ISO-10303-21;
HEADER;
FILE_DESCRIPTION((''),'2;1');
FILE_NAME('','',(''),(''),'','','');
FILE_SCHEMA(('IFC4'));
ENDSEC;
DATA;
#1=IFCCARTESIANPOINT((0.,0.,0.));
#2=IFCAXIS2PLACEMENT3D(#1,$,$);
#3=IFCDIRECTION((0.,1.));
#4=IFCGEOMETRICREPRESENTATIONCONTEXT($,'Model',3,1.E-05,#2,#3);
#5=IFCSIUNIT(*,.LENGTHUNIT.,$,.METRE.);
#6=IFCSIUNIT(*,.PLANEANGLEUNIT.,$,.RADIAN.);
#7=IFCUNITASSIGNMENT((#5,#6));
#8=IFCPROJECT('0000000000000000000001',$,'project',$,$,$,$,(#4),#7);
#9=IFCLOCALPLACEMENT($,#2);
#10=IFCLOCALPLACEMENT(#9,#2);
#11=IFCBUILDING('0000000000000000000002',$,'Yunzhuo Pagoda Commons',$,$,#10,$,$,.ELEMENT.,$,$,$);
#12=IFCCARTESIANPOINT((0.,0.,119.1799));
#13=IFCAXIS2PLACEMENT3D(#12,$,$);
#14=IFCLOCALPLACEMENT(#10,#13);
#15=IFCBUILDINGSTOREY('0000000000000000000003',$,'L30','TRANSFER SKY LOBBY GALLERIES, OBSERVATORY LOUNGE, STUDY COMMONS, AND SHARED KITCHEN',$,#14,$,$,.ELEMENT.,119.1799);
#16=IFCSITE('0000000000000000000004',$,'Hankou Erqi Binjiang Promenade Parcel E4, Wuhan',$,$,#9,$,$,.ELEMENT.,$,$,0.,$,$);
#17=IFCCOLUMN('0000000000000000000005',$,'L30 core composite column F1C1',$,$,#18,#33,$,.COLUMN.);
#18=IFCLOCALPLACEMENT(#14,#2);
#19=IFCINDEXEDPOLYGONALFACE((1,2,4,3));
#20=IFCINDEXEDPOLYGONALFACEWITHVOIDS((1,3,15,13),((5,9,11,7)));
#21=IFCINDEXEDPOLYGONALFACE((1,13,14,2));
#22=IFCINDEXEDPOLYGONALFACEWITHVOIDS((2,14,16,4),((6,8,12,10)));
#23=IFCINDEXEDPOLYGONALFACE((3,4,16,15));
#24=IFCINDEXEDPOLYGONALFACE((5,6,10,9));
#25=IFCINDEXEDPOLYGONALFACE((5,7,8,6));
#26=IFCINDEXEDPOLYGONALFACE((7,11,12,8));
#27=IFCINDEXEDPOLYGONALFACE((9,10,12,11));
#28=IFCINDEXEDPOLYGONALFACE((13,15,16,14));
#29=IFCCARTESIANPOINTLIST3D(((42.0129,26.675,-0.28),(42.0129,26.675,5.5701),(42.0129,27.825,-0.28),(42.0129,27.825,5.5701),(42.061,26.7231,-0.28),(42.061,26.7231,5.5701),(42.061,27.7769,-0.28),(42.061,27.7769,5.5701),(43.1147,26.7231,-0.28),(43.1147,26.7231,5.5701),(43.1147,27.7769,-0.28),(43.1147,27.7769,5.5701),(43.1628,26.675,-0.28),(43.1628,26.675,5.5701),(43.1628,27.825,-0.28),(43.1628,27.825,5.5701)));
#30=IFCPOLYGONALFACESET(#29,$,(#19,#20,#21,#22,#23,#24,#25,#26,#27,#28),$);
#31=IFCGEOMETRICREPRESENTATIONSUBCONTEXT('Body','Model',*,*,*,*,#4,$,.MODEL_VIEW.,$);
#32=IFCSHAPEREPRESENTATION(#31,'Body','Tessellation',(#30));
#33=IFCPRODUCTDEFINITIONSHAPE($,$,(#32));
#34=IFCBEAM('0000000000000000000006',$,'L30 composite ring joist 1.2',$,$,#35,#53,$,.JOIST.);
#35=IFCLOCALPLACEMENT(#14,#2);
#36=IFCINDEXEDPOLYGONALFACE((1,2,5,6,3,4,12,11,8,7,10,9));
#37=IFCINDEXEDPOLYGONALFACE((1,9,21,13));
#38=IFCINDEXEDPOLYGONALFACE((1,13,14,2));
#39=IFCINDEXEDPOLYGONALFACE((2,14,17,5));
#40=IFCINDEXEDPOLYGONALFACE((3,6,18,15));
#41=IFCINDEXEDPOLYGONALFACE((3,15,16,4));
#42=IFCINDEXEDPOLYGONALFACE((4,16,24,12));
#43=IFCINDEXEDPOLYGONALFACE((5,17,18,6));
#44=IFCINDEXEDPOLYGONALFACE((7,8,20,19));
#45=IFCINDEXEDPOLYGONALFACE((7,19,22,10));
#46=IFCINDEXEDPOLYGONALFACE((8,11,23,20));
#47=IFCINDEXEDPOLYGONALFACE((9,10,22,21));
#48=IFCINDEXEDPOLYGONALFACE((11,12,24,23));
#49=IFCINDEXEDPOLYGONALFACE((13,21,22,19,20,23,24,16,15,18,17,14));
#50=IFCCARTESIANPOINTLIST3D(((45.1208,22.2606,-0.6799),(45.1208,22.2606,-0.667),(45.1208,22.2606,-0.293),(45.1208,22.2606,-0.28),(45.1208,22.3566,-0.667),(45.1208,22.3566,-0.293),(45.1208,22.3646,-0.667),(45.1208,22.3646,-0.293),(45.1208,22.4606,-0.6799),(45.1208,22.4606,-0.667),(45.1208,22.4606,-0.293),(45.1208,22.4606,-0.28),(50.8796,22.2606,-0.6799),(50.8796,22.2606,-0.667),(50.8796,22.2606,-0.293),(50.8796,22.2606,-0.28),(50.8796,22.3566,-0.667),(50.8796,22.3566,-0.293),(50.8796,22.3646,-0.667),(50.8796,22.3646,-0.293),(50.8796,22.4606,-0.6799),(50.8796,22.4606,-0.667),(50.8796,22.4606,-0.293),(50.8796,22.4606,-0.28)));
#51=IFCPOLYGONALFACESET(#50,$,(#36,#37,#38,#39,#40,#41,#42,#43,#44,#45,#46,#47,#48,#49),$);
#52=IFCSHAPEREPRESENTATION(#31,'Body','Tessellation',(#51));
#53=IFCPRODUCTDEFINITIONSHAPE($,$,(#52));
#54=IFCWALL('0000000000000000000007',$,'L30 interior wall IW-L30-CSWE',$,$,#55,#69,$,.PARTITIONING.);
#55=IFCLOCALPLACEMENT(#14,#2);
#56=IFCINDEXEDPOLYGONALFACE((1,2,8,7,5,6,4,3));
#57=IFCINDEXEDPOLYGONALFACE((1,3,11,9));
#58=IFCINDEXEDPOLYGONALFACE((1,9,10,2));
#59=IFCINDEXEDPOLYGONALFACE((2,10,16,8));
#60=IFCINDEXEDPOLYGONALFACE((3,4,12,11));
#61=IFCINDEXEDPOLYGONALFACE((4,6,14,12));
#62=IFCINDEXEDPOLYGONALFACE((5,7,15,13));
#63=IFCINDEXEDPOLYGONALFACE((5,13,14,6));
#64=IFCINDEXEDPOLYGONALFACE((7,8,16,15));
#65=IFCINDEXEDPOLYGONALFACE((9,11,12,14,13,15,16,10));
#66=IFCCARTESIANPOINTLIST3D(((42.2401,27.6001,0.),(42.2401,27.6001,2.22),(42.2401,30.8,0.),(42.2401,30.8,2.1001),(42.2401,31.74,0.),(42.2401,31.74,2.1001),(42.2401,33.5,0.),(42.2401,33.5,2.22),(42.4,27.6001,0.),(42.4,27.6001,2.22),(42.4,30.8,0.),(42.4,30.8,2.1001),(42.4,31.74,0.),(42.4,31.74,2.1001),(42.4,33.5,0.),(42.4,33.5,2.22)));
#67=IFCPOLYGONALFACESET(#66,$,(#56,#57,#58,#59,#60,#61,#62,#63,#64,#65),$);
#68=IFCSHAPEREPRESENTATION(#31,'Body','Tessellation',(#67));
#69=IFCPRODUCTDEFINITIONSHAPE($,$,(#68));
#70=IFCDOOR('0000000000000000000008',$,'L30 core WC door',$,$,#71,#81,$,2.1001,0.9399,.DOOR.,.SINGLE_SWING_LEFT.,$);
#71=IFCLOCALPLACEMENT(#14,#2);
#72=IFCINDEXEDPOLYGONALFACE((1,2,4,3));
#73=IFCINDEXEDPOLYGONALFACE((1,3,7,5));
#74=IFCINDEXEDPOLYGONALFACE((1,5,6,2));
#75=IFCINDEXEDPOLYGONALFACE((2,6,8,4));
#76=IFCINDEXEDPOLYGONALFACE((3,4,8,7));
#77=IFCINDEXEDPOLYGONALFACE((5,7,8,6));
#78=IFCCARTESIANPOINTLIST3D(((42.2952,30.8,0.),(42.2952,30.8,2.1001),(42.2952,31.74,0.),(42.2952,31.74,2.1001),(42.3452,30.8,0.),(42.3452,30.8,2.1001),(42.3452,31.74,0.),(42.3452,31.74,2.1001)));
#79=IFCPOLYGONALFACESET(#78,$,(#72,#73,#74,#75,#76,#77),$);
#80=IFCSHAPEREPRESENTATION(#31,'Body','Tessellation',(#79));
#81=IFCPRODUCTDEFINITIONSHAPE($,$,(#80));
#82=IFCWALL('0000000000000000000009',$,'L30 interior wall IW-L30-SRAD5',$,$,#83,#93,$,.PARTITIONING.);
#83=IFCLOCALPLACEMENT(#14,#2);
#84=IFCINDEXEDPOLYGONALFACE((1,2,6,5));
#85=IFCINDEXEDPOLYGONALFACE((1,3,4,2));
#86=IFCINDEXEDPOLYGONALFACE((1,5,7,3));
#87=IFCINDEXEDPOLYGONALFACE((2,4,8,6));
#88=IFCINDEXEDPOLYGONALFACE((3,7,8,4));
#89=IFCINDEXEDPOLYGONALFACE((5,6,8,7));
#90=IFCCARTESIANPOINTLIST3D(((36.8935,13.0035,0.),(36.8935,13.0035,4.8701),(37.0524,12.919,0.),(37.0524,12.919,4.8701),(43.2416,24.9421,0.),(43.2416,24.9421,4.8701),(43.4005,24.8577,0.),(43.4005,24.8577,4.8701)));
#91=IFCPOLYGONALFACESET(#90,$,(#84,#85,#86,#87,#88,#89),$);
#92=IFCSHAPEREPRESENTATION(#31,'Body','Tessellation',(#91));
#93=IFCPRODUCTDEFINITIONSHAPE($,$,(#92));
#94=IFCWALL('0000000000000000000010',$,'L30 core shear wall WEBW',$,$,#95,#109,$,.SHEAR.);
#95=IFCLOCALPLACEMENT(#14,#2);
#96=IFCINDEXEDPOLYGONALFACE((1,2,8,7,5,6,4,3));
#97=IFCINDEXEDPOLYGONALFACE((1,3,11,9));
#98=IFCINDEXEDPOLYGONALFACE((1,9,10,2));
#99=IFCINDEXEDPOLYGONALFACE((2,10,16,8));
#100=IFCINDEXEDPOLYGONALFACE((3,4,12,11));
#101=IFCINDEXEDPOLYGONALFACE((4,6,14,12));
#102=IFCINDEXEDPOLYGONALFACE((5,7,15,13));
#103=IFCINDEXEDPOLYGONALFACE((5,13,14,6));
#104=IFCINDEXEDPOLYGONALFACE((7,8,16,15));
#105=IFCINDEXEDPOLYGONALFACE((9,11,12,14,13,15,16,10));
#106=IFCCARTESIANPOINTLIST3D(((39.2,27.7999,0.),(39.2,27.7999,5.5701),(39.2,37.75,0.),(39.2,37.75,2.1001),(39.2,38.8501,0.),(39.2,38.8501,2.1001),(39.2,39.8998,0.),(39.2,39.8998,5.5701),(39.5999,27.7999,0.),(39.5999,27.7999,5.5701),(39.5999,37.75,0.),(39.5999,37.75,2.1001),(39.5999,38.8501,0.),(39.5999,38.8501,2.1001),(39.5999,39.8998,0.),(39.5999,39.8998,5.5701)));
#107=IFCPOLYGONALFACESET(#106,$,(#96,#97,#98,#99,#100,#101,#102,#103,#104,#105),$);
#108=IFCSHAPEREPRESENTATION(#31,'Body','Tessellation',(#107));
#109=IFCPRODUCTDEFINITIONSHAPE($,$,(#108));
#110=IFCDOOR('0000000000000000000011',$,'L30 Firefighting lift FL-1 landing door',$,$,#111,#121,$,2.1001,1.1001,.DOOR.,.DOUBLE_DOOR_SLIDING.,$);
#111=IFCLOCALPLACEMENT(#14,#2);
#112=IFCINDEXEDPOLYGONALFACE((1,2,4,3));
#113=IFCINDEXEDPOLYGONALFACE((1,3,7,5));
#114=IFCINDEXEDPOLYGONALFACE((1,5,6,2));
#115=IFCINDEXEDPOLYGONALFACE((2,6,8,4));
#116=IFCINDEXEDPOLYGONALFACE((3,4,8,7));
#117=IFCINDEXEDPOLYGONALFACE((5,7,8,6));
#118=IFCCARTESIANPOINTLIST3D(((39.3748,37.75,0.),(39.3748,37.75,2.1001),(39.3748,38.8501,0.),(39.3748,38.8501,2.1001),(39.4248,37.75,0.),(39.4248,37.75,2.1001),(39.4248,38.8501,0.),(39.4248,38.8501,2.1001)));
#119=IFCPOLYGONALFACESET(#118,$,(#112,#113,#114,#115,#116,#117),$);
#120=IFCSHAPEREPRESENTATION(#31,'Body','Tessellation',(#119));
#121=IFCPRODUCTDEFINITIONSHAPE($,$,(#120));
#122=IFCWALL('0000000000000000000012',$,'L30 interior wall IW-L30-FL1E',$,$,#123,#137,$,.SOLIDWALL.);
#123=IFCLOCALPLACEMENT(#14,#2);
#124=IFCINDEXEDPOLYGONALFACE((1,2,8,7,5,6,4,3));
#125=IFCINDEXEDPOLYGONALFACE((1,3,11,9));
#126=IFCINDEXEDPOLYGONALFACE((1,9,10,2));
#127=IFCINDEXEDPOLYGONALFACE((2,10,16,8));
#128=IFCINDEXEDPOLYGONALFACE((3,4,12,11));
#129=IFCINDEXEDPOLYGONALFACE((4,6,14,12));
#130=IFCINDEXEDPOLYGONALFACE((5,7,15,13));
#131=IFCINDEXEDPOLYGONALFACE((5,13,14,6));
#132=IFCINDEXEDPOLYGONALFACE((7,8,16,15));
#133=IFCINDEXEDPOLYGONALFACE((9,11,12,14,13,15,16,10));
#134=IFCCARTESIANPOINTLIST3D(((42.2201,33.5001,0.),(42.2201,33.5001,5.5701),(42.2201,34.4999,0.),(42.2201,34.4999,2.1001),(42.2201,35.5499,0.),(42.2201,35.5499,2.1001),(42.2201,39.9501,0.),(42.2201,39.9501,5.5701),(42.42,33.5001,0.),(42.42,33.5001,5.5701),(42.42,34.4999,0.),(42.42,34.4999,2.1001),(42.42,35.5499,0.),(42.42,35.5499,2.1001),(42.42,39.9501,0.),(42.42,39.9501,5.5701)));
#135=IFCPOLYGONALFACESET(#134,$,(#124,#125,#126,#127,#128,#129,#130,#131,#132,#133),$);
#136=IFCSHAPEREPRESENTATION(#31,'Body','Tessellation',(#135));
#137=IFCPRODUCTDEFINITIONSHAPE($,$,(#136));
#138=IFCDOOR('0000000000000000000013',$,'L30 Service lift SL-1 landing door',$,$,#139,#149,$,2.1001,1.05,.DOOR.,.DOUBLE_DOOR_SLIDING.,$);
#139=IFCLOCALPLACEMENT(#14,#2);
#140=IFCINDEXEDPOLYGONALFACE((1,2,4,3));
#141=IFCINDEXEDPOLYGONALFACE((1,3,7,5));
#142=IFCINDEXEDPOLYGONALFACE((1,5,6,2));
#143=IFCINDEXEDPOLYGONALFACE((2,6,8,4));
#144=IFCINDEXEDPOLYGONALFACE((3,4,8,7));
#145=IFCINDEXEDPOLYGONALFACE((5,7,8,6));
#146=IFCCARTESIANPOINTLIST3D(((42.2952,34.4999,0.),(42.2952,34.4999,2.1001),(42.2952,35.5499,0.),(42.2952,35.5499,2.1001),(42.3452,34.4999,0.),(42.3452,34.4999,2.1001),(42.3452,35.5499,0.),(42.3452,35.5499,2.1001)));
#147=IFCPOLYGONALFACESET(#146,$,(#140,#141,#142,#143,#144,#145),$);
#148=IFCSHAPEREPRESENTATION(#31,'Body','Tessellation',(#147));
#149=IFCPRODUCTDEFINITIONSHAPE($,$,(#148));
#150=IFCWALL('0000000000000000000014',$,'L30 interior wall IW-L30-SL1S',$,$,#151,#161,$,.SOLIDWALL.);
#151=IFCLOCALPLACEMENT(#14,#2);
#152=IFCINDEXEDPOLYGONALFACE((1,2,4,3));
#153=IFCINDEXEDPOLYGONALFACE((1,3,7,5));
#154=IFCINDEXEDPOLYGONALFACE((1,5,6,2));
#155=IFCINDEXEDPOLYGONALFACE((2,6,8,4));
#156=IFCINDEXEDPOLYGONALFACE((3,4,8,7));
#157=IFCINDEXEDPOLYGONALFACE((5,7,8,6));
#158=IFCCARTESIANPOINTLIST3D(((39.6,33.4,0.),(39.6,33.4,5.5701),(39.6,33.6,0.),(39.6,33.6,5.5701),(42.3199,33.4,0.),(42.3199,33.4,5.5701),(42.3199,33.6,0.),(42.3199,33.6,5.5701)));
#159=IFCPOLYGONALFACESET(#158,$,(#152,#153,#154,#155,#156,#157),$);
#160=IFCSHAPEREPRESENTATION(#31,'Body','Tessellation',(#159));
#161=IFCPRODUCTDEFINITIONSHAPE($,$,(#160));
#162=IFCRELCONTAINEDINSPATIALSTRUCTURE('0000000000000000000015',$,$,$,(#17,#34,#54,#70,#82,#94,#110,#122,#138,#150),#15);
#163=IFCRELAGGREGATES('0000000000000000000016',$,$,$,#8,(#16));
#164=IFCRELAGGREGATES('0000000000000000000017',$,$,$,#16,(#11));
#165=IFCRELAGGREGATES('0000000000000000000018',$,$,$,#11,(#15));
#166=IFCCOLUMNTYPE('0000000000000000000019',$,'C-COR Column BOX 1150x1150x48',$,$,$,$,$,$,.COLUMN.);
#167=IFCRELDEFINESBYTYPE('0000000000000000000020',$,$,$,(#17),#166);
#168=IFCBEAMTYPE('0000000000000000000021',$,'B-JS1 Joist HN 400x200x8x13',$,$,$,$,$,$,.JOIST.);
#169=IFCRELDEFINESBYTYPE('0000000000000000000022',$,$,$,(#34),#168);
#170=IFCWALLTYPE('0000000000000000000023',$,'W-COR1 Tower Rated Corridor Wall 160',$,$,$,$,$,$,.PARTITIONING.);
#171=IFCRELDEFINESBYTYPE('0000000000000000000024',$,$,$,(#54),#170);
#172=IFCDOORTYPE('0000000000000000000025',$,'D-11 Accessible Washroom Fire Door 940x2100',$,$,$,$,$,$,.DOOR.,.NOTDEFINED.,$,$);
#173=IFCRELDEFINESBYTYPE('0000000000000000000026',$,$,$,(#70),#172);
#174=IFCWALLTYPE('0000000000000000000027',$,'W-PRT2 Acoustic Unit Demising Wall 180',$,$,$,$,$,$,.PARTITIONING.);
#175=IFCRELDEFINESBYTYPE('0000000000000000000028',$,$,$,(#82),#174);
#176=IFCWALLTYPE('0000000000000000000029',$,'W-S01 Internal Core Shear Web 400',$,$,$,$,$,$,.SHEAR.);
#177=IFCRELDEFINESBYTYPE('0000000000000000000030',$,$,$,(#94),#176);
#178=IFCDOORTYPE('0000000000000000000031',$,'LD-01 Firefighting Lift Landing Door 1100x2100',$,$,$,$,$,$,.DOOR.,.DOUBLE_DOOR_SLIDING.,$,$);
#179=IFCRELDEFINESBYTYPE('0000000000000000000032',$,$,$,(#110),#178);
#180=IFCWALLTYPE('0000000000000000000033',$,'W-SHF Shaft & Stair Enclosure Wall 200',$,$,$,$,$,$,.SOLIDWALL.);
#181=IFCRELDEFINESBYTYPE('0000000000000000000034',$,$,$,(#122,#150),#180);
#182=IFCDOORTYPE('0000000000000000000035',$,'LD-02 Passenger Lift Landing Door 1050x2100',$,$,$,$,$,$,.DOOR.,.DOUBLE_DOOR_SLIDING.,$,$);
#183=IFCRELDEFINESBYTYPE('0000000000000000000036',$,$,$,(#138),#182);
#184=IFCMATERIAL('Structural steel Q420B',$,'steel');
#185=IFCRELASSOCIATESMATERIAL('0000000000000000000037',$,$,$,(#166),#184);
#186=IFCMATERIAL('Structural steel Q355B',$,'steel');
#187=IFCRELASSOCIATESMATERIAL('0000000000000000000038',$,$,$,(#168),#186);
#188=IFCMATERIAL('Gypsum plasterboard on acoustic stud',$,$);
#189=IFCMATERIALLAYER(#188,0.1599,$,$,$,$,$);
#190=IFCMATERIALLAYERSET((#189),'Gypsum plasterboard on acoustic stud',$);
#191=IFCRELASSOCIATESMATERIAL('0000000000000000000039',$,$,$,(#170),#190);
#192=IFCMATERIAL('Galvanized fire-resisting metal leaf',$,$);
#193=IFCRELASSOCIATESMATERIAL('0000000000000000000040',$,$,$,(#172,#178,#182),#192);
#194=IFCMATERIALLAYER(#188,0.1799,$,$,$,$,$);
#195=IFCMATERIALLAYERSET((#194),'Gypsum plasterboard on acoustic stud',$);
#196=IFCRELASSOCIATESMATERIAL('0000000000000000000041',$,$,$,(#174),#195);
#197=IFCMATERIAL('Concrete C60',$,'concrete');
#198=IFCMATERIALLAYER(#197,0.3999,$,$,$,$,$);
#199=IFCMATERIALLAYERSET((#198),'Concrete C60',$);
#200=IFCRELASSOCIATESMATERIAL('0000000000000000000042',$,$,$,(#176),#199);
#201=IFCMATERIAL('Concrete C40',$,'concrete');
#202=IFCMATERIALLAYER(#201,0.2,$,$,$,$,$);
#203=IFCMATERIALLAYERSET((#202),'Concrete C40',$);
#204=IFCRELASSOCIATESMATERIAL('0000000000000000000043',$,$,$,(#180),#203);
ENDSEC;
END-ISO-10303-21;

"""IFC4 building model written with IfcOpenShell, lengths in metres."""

from ifc_helpers import new_model, si_unit, direction, frame, frame_2d, origin, origin_with_axes, origin_2d, place, context, subcontext, project, spatial, rectangle, hollow_rectangle, i_section, extrude, source, transform, mapped, material, layer, layer_set, material_profile, profile_set, type_object, element, fill, save


model = new_model("IFC4")

# Units and contexts
model_context = context("Model", 3, precision=1e-05, world=origin(), true_north=direction((0.0, 1.0)))
body_context = subcontext(model_context, "Body", "Model", "MODEL_VIEW")
ifc_project = project(units=[si_unit("LENGTHUNIT", "METRE"), si_unit("PLANEANGLEUNIT", "RADIAN")], contexts=[model_context])

# Site, building, storey
site_placement = place(None, origin())
site = spatial("IfcSite", under=ifc_project, at=site_placement, Name="Hankou Erqi Binjiang Promenade Parcel E4, Wuhan", CompositionType="ELEMENT", RefElevation=0.0)
building_placement = place(site_placement, origin())
building = spatial("IfcBuilding", under=site, at=building_placement, Name="Yunzhuo Pagoda Commons", CompositionType="ELEMENT")
storey_placement = place(building_placement, frame((0.0, 0.0, 119.1799)))
storey = spatial("IfcBuildingStorey", under=building, at=storey_placement, Name="L30", Description="TRANSFER SKY LOBBY GALLERIES, OBSERVATORY LOUNGE, STUDY COMMONS, AND SHARED KITCHEN", CompositionType="ELEMENT", Elevation=119.1799)

# Column
ifc_material_1 = material(Name="Structural steel Q420B", Category="steel")
ifc_material_profile_1 = material_profile(ifc_material_1, hollow_rectangle(XDim=1.1499, YDim=1.1499, WallThickness=0.0481, at=origin_2d()), Name="Structural steel Q420B")
ifc_profile_set_1 = profile_set([ifc_material_profile_1], Name="Structural steel Q420B")
column_type = type_object("IfcColumnType", Name="C-COR Column BOX 1150x1150x48", PredefinedType="COLUMN", material=ifc_profile_set_1)
shared_shape_1 = source(origin(), body_context, "Body", "SweptSolid", [
    extrude(hollow_rectangle(XDim=1.1499, YDim=1.1499, WallThickness=0.0481, at=origin_2d()), origin(), (0.0, 0.0, 1.0), 5.8501),
])
column_placement = place(storey_placement, frame((42.5879, 27.25, -0.28), z_axis=(0.0, 0.0, 1.0), x_axis=(1.0, 0.0, 0.0)))
element("IfcColumn", 1, at=column_placement, inside=storey, type_object=column_type, Name="L30 core composite column F1C1", PredefinedType="COLUMN", context=body_context, shape_type="MappedRepresentation", body=[
    mapped(shared_shape_1, transform((0.0, 0.0, 0.0), scale=1.0)),
])

# Beam
ifc_material_2 = material(Name="Structural steel Q355B", Category="steel")
ifc_material_profile_2 = material_profile(ifc_material_2, i_section(OverallWidth=0.2, OverallDepth=0.3999, WebThickness=0.0081, FlangeThickness=0.0129, at=origin_2d()), Name="Structural steel Q355B")
ifc_profile_set_2 = profile_set([ifc_material_profile_2], Name="Structural steel Q355B")
beam_type = type_object("IfcBeamType", Name="B-JS1 Joist HN 400x200x8x13", PredefinedType="JOIST", material=ifc_profile_set_2)
shared_shape_2 = source(origin(), body_context, "Body", "SweptSolid", [
    extrude(i_section(OverallWidth=0.2, OverallDepth=0.3999, WebThickness=0.0081, FlangeThickness=0.0129, at=origin_2d()), origin(), (0.0, 0.0, 1.0), 5.7588),
])
beam_placement = place(storey_placement, frame((45.1208, 22.3606, -0.48), z_axis=(1.0, 0.0, 0.0), x_axis=(0.0, 1.0, 0.0)))
element("IfcBeam", 2, at=beam_placement, inside=storey, type_object=beam_type, Name="L30 composite ring joist 1.2", PredefinedType="JOIST", context=body_context, shape_type="MappedRepresentation", body=[
    mapped(shared_shape_2, transform((0.0, 0.0, 0.0), scale=1.0)),
])

# Wall, opening, door
ifc_material_3 = material(Name="Gypsum plasterboard on acoustic stud")
ifc_layer_1 = layer(ifc_material_3, 0.1599)
ifc_layer_set_1 = layer_set([ifc_layer_1], Name="Gypsum plasterboard on acoustic stud")
wall_type_1 = type_object("IfcWallType", Name="W-COR1 Tower Rated Corridor Wall 160", PredefinedType="PARTITIONING", material=ifc_layer_set_1)
wall_1_placement = place(storey_placement, frame((42.3201, 27.6001, 0.0), z_axis=(0.0, 0.0, 1.0), x_axis=(0.0, 1.0, 0.0)))
wall_1 = element("IfcWall", 3, at=wall_1_placement, inside=storey, type_object=wall_type_1, Name="L30 interior wall IW-L30-CSWE", PredefinedType="PARTITIONING", context=body_context, shape_type="SweptSolid", body=[
    extrude(rectangle(XDim=5.8999, YDim=0.1599, at=frame_2d((2.95, 0.0))), origin(), (0.0, 0.0, 1.0), 2.22),
])
opening_1_placement = place(wall_1_placement, frame((3.2, 0.0, 0.0)))
opening_1 = element("IfcOpeningElement", 4, at=opening_1_placement, cuts=wall_1, PredefinedType="OPENING", context=body_context, shape_type="SweptSolid", body=[
    extrude(rectangle(XDim=0.9399, YDim=2.1001, at=frame_2d((0.47, 1.05))), frame((0.0, 0.0898, 0.0), z_axis=(0.0, -1.0, 0.0), x_axis=(1.0, 0.0, 0.0)), (0.0, 0.0, 1.0), 0.1799),
])
ifc_material_4 = material(Name="Galvanized fire-resisting metal leaf")
door_type_1 = type_object("IfcDoorType", Name="D-11 Accessible Washroom Fire Door 940x2100", OperationType="NOTDEFINED", PredefinedType="DOOR", material=ifc_material_4)
shared_shape_3 = source(origin(), body_context, "Body", "SweptSolid", [
    extrude(rectangle(XDim=0.9399, YDim=2.1001, at=frame_2d((0.47, 1.05))), frame((0.0, 0.0249, 0.0), z_axis=(0.0, -1.0, 0.0), x_axis=(1.0, 0.0, 0.0)), (0.0, 0.0, 1.0), 0.05),
])
door_1_placement = place(opening_1_placement, origin_with_axes())
door_1 = element("IfcDoor", 5, at=door_1_placement, inside=storey, type_object=door_type_1, Name="L30 core WC door", OperationType="SINGLE_SWING_LEFT", OverallHeight=2.1001, OverallWidth=0.9399, PredefinedType="DOOR", context=body_context, shape_type="MappedRepresentation", body=[
    mapped(shared_shape_3, transform((0.0, 0.0, 0.0), scale=1.0)),
])
fill(opening_1, door_1)

# Wall
ifc_layer_2 = layer(ifc_material_3, 0.1799)
ifc_layer_set_2 = layer_set([ifc_layer_2], Name="Gypsum plasterboard on acoustic stud")
wall_type_2 = type_object("IfcWallType", Name="W-PRT2 Acoustic Unit Demising Wall 180", PredefinedType="PARTITIONING", material=ifc_layer_set_2)
wall_2_placement = place(storey_placement, frame((43.321, 24.8999, 0.0), z_axis=(0.0, 0.0, 1.0), x_axis=(-0.469484, -0.882941, 0.0)))
element("IfcWall", 6, at=wall_2_placement, inside=storey, type_object=wall_type_2, Name="L30 interior wall IW-L30-SRAD5", PredefinedType="PARTITIONING", context=body_context, shape_type="SweptSolid", body=[
    extrude(rectangle(XDim=13.5215, YDim=0.1799, at=frame_2d((6.7607, 0.0))), origin(), (0.0, 0.0, 1.0), 4.8701),
])

# Walls, openings, doors
ifc_material_5 = material(Name="Concrete C60", Category="concrete")
ifc_layer_3 = layer(ifc_material_5, 0.3999)
ifc_layer_set_3 = layer_set([ifc_layer_3], Name="Concrete C60")
wall_type_3 = type_object("IfcWallType", Name="W-S01 Internal Core Shear Web 400", PredefinedType="SHEAR", material=ifc_layer_set_3)
wall_3_placement = place(storey_placement, frame((39.3999, 27.8, 0.0), z_axis=(0.0, 0.0, 1.0), x_axis=(0.0, 1.0, 0.0)))
wall_3 = element("IfcWall", 7, at=wall_3_placement, inside=storey, type_object=wall_type_3, Name="L30 core shear wall WEBW", PredefinedType="SHEAR", context=body_context, shape_type="SweptSolid", body=[
    extrude(rectangle(XDim=12.0999, YDim=0.3999, at=frame_2d((6.0498, 0.0))), origin(), (0.0, 0.0, 1.0), 5.5701),
])
opening_2_placement = place(wall_3_placement, frame((9.95, 0.0, 0.0)))
opening_2 = element("IfcOpeningElement", 8, at=opening_2_placement, cuts=wall_3, PredefinedType="OPENING", context=body_context, shape_type="SweptSolid", body=[
    extrude(rectangle(XDim=1.1001, YDim=2.1001, at=frame_2d((0.55, 1.05))), frame((0.0, 0.21, 0.0), z_axis=(0.0, -1.0, 0.0), x_axis=(1.0, 0.0, 0.0)), (0.0, 0.0, 1.0), 0.4199),
])
door_type_2 = type_object("IfcDoorType", Name="LD-01 Firefighting Lift Landing Door 1100x2100", OperationType="DOUBLE_DOOR_SLIDING", PredefinedType="DOOR", material=ifc_material_4)
shared_shape_4 = source(origin(), body_context, "Body", "SweptSolid", [
    extrude(rectangle(XDim=1.1001, YDim=2.1001, at=frame_2d((0.55, 1.05))), frame((0.0, 0.0249, 0.0), z_axis=(0.0, -1.0, 0.0), x_axis=(1.0, 0.0, 0.0)), (0.0, 0.0, 1.0), 0.05),
])
door_2_placement = place(opening_2_placement, frame((1.1001, 0.0, 0.0), z_axis=(0.0, 0.0, 1.0), x_axis=(-1.0, 0.0, 0.0)))
door_2 = element("IfcDoor", 9, at=door_2_placement, inside=storey, type_object=door_type_2, Name="L30 Firefighting lift FL-1 landing door", OperationType="DOUBLE_DOOR_SLIDING", OverallHeight=2.1001, OverallWidth=1.1001, PredefinedType="DOOR", context=body_context, shape_type="MappedRepresentation", body=[
    mapped(shared_shape_4, transform((0.0, 0.0, 0.0), scale=1.0)),
])
fill(opening_2, door_2)
ifc_material_6 = material(Name="Concrete C40", Category="concrete")
ifc_layer_4 = layer(ifc_material_6, 0.2)
ifc_layer_set_4 = layer_set([ifc_layer_4], Name="Concrete C40")
wall_type_4 = type_object("IfcWallType", Name="W-SHF Shaft & Stair Enclosure Wall 200", PredefinedType="SOLIDWALL", material=ifc_layer_set_4)
wall_4_placement = place(storey_placement, frame((42.3201, 33.5, 0.0), z_axis=(0.0, 0.0, 1.0), x_axis=(0.0, 1.0, 0.0)))
wall_4 = element("IfcWall", 10, at=wall_4_placement, inside=storey, type_object=wall_type_4, Name="L30 interior wall IW-L30-FL1E", PredefinedType="SOLIDWALL", context=body_context, shape_type="SweptSolid", body=[
    extrude(rectangle(XDim=6.45, YDim=0.2, at=frame_2d((3.2251, 0.0))), origin(), (0.0, 0.0, 1.0), 5.5701),
])
opening_3_placement = place(wall_4_placement, frame((1.0, 0.0, 0.0)))
opening_3 = element("IfcOpeningElement", 11, at=opening_3_placement, cuts=wall_4, PredefinedType="OPENING", context=body_context, shape_type="SweptSolid", body=[
    extrude(rectangle(XDim=1.05, YDim=2.1001, at=frame_2d((0.5249, 1.05))), frame((0.0, 0.1099, 0.0), z_axis=(0.0, -1.0, 0.0), x_axis=(1.0, 0.0, 0.0)), (0.0, 0.0, 1.0), 0.22),
])
door_type_3 = type_object("IfcDoorType", Name="LD-02 Passenger Lift Landing Door 1050x2100", OperationType="DOUBLE_DOOR_SLIDING", PredefinedType="DOOR", material=ifc_material_4)
shared_shape_5 = source(origin(), body_context, "Body", "SweptSolid", [
    extrude(rectangle(XDim=1.05, YDim=2.1001, at=frame_2d((0.5249, 1.05))), frame((0.0, 0.0249, 0.0), z_axis=(0.0, -1.0, 0.0), x_axis=(1.0, 0.0, 0.0)), (0.0, 0.0, 1.0), 0.05),
])
door_3_placement = place(opening_3_placement, origin_with_axes())
door_3 = element("IfcDoor", 12, at=door_3_placement, inside=storey, type_object=door_type_3, Name="L30 Service lift SL-1 landing door", OperationType="DOUBLE_DOOR_SLIDING", OverallHeight=2.1001, OverallWidth=1.05, PredefinedType="DOOR", context=body_context, shape_type="MappedRepresentation", body=[
    mapped(shared_shape_5, transform((0.0, 0.0, 0.0), scale=1.0)),
])
fill(opening_3, door_3)

# Wall
wall_5_placement = place(storey_placement, frame((39.6001, 33.5, 0.0), z_axis=(0.0, 0.0, 1.0), x_axis=(1.0, 0.0, 0.0)))
element("IfcWall", 13, at=wall_5_placement, inside=storey, type_object=wall_type_4, Name="L30 interior wall IW-L30-SL1S", PredefinedType="SOLIDWALL", context=body_context, shape_type="SweptSolid", body=[
    extrude(rectangle(XDim=2.72, YDim=0.2, at=frame_2d((1.3599, 0.0))), origin(), (0.0, 0.0, 1.0), 5.5701),
])

save(model, "model.ifc")
